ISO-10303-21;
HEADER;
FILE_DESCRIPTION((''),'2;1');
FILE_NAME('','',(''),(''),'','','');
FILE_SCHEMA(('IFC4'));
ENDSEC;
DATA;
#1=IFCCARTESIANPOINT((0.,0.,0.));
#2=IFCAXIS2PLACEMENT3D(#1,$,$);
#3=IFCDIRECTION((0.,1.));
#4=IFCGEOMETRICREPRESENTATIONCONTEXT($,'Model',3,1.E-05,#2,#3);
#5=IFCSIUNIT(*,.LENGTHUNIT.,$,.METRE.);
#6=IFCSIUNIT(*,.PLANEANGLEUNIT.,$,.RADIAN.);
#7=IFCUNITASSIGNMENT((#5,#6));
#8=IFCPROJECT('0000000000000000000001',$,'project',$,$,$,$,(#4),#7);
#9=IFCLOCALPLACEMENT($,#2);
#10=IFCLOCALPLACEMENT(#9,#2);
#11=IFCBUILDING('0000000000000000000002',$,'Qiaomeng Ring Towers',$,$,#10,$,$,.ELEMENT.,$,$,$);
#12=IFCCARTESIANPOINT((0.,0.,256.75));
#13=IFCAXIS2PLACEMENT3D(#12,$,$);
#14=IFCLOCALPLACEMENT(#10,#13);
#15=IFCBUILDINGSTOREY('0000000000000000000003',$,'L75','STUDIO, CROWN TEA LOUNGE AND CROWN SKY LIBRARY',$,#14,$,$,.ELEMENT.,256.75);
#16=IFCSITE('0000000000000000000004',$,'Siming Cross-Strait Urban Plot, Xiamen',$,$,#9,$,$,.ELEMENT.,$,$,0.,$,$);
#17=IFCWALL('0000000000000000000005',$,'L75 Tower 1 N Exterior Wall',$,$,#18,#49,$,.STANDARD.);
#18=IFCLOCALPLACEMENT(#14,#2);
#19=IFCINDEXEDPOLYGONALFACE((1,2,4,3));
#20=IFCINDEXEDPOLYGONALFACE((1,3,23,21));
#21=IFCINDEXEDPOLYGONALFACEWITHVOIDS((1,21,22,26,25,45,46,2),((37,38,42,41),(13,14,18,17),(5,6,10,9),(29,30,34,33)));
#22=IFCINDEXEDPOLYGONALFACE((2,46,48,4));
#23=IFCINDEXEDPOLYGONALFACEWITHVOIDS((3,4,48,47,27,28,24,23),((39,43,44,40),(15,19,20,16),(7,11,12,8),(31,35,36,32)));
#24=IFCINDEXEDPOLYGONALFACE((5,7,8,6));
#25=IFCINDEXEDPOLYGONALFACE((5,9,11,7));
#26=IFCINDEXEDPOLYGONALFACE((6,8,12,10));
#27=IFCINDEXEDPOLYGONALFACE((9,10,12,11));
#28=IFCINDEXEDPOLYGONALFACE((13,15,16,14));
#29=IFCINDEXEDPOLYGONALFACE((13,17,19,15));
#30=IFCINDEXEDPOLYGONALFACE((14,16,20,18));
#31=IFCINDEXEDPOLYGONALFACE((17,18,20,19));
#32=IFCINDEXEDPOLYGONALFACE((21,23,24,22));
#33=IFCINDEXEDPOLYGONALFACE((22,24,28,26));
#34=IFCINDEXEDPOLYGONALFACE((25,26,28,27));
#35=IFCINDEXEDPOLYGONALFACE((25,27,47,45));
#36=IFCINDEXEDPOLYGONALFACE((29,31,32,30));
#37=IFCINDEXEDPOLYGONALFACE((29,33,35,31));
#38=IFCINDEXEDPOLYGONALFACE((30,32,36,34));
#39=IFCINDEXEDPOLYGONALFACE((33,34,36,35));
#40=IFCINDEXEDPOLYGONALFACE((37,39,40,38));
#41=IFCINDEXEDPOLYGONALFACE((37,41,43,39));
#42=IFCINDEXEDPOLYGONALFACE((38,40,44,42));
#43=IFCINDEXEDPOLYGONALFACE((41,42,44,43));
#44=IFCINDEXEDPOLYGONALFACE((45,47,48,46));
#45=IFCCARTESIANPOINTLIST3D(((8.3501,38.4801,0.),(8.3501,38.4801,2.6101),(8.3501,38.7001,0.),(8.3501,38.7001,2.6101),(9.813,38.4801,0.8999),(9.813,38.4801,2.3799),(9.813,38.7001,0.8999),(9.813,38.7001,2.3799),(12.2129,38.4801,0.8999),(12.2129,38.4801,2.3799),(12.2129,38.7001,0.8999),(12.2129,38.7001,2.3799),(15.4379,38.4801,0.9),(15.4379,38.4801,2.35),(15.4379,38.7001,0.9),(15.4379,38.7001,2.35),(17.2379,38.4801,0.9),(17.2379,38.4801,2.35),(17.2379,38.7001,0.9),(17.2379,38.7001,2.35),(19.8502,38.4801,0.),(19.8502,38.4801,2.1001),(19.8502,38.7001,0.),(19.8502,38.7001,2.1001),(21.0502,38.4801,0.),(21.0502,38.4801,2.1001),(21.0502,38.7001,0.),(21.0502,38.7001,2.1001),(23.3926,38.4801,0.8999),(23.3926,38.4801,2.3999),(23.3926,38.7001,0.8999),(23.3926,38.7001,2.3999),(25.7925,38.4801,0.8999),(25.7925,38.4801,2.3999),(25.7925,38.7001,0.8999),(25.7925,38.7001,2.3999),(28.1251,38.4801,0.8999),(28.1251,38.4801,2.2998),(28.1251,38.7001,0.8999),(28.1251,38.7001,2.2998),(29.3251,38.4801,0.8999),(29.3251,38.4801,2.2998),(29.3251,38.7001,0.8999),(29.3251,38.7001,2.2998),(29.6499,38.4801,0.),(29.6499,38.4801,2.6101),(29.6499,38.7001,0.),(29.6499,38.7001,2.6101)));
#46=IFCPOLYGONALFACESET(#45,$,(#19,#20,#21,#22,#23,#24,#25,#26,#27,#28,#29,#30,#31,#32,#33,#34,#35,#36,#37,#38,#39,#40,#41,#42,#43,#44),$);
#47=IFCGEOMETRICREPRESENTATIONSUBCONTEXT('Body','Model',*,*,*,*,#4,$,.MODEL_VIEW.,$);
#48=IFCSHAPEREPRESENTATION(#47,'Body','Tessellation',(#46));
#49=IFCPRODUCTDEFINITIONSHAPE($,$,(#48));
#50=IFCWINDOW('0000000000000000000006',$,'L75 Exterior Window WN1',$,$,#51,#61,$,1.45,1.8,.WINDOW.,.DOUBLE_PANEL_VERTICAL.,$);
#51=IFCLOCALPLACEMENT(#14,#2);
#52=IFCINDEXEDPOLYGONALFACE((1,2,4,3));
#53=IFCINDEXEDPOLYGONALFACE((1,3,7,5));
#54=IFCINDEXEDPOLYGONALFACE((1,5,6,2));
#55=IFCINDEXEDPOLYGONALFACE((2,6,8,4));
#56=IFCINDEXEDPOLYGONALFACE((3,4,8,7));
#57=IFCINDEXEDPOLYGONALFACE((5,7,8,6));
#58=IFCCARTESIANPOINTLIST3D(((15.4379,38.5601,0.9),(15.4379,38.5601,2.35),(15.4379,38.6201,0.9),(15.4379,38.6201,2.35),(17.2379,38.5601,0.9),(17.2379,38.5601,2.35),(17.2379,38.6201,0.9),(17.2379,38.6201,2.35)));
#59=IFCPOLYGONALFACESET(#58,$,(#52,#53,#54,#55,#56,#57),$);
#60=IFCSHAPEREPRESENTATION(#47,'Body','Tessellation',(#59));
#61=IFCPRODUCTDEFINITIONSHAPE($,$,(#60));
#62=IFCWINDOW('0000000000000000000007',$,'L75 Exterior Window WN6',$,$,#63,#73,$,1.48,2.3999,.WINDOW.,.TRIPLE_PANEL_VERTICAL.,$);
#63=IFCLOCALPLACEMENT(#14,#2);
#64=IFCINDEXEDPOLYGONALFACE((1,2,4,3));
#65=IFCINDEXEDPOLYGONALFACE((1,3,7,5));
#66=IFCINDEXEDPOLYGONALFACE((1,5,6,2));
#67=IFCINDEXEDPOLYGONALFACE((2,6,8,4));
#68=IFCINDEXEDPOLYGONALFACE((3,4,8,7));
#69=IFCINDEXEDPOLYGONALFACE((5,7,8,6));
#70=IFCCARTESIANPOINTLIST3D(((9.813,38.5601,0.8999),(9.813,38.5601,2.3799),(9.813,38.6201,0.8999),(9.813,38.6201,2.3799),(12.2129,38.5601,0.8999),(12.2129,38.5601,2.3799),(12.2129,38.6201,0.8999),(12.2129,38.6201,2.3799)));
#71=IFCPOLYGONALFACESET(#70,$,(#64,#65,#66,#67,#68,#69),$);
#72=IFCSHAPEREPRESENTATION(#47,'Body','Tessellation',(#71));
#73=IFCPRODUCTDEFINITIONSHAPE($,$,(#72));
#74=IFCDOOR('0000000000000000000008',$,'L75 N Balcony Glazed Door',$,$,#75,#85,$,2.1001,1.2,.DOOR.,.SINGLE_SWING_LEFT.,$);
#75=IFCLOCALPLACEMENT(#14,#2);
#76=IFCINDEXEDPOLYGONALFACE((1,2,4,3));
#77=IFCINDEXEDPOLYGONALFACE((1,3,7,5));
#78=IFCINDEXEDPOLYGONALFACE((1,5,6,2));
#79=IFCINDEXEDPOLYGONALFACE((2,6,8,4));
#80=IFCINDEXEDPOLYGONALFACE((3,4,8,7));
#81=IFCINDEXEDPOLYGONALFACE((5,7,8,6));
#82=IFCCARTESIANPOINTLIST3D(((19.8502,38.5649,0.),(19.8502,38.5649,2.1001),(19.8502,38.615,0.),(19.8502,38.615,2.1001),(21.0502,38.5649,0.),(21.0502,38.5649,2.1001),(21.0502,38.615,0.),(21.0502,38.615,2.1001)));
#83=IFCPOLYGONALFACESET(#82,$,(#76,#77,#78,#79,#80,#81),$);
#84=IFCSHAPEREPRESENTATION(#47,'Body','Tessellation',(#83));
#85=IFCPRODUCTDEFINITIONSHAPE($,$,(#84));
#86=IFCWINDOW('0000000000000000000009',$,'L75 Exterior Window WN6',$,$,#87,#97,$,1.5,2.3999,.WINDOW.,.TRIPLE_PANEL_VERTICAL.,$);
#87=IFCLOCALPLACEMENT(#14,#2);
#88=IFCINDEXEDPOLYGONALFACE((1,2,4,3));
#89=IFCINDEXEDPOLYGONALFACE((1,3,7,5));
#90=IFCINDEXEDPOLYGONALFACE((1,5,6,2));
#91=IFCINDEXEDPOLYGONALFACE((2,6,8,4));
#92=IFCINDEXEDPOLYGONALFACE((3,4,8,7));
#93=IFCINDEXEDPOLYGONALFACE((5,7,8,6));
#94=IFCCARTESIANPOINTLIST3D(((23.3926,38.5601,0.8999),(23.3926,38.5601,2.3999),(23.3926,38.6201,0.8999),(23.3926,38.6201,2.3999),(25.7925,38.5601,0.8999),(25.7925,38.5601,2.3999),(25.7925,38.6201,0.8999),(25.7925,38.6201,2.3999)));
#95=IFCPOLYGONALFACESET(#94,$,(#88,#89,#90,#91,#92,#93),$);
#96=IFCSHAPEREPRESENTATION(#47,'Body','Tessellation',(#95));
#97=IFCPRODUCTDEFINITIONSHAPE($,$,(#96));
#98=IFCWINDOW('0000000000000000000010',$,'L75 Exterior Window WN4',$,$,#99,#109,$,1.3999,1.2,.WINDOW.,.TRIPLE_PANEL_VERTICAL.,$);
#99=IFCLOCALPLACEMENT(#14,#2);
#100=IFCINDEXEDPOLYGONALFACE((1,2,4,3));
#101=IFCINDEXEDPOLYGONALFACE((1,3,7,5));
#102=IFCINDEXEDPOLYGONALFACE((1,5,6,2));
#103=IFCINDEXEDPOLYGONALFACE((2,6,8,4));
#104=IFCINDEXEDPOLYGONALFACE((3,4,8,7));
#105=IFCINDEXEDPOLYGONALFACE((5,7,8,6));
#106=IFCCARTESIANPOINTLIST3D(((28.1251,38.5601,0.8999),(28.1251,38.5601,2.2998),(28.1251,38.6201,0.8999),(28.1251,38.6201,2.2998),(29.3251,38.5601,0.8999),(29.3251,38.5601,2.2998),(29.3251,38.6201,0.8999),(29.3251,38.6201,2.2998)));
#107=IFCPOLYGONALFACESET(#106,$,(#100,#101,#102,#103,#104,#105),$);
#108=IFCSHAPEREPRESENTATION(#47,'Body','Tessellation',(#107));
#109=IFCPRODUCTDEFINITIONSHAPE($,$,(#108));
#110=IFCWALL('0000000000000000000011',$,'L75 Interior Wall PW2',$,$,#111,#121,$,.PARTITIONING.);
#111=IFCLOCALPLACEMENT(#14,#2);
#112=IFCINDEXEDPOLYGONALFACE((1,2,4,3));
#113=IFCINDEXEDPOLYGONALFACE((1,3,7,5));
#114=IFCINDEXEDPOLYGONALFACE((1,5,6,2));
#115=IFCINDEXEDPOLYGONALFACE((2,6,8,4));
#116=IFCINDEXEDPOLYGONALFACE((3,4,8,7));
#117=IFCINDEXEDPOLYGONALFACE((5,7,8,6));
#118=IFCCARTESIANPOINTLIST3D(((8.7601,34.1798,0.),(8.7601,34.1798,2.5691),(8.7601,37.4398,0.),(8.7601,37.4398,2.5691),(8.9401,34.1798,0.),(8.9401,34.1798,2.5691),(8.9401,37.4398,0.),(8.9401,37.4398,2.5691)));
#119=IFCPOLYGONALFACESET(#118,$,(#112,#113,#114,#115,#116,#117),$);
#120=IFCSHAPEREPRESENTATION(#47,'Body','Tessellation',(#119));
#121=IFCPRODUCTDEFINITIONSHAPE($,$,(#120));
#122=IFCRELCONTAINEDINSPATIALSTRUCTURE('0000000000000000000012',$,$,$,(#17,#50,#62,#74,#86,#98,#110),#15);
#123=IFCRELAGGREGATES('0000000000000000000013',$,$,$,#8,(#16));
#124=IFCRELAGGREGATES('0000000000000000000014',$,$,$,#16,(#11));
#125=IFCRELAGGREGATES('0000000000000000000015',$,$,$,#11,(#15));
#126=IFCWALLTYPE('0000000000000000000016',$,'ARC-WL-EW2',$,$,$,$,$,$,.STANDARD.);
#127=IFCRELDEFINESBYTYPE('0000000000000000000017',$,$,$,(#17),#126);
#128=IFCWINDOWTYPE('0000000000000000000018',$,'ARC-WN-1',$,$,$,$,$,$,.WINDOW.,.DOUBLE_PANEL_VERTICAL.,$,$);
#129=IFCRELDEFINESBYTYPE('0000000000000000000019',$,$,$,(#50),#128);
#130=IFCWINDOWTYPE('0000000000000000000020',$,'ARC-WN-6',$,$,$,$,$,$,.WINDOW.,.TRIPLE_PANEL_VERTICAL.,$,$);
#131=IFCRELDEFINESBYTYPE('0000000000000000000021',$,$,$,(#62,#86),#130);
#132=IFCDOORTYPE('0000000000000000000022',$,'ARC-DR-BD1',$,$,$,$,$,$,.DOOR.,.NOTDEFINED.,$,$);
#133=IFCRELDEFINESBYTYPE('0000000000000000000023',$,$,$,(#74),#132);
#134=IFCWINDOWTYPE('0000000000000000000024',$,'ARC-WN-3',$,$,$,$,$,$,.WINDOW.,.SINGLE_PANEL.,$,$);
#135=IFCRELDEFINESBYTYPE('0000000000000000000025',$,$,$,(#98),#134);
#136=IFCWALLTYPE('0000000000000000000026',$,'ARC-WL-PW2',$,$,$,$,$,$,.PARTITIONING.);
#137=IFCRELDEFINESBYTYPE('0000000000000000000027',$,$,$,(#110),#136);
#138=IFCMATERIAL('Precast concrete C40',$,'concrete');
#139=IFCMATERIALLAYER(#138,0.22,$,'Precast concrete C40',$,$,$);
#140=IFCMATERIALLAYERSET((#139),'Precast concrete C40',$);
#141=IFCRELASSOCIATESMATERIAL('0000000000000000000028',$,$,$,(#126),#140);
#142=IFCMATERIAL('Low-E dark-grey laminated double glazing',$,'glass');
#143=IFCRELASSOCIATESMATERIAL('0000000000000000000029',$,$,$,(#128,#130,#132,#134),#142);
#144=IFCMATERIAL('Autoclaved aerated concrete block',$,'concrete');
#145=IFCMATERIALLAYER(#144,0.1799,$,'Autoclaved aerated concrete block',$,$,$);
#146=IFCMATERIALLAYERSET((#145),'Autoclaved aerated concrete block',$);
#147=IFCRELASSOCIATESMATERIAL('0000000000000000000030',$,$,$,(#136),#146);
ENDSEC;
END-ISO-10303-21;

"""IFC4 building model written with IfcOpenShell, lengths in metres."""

from ifc_helpers import new_model, si_unit, direction, frame, frame_2d, origin, place, context, subcontext, project, spatial, rectangle, extrude, source, transform, mapped, material, layer, layer_set, type_object, element, fill, save


model = new_model("IFC4")

# Units and contexts
model_context = context("Model", 3, precision=1e-05, world=origin(), true_north=direction((0.0, 1.0)))
body_context = subcontext(model_context, "Body", "Model", "MODEL_VIEW")
ifc_project = project(units=[si_unit("LENGTHUNIT", "METRE"), si_unit("PLANEANGLEUNIT", "RADIAN")], contexts=[model_context])

# Site, building, storey
site_placement = place(None, origin())
site = spatial("IfcSite", under=ifc_project, at=site_placement, Name="Siming Cross-Strait Urban Plot, Xiamen", CompositionType="ELEMENT", RefElevation=0.0)
building_placement = place(site_placement, origin())
building = spatial("IfcBuilding", under=site, at=building_placement, Name="Qiaomeng Ring Towers", CompositionType="ELEMENT")
storey_placement = place(building_placement, frame((0.0, 0.0, 256.75)))
storey = spatial("IfcBuildingStorey", under=building, at=storey_placement, Name="L75", Description="STUDIO, CROWN TEA LOUNGE AND CROWN SKY LIBRARY", CompositionType="ELEMENT", Elevation=256.75)

# Shared definitions
ifc_material_1 = material(Name="Low-E dark-grey laminated double glazing", Category="glass")

# Wall, openings, windows, door
ifc_material_2 = material(Name="Precast concrete C40", Category="concrete")
ifc_layer_1 = layer(ifc_material_2, 0.22, Name="Precast concrete C40")
ifc_layer_set_1 = layer_set([ifc_layer_1], Name="Precast concrete C40")
wall_type_1 = type_object("IfcWallType", Name="ARC-WL-EW2", PredefinedType="STANDARD", material=ifc_layer_set_1)
wall_1_placement = place(storey_placement, frame((8.3501, 38.5901, 0.0), z_axis=(0.0, 0.0, 1.0), x_axis=(1.0, 0.0, 0.0)))
wall_1 = element("IfcWall", 1, at=wall_1_placement, inside=storey, type_object=wall_type_1, Name="L75 Tower 1 N Exterior Wall", PredefinedType="STANDARD", context=body_context, shape_type="SweptSolid", body=[
    extrude(rectangle(XDim=21.2998, YDim=0.22, at=frame_2d((10.6499, 0.0))), origin(), (0.0, 0.0, 1.0), 2.6101),
])
opening_1_placement = place(wall_1_placement, frame((11.5, 0.0, 0.0)))
opening_1 = element("IfcOpeningElement", 2, at=opening_1_placement, cuts=wall_1, PredefinedType="OPENING", context=body_context, shape_type="SweptSolid", body=[
    extrude(rectangle(XDim=1.2, YDim=2.1001, at=frame_2d((0.6001, 1.05))), frame((0.0, 0.1199, 0.0), z_axis=(0.0, -1.0, 0.0), x_axis=(1.0, 0.0, 0.0)), (0.0, 0.0, 1.0), 0.24),
])
opening_2_placement = place(wall_1_placement, frame((1.4629, 0.0, 0.8999)))
opening_2 = element("IfcOpeningElement", 3, at=opening_2_placement, cuts=wall_1, PredefinedType="OPENING", context=body_context, shape_type="SweptSolid", body=[
    extrude(rectangle(XDim=2.3999, YDim=1.48, at=frame_2d((1.2, 0.74))), frame((0.0, 0.1199, 0.0), z_axis=(0.0, -1.0, 0.0), x_axis=(1.0, 0.0, 0.0)), (0.0, 0.0, 1.0), 0.24),
])
opening_3_placement = place(wall_1_placement, frame((7.0879, 0.0, 0.8999)))
opening_3 = element("IfcOpeningElement", 4, at=opening_3_placement, cuts=wall_1, PredefinedType="OPENING", context=body_context, shape_type="SweptSolid", body=[
    extrude(rectangle(XDim=1.8, YDim=1.45, at=frame_2d((0.8999, 0.7251))), frame((0.0, 0.1199, 0.0), z_axis=(0.0, -1.0, 0.0), x_axis=(1.0, 0.0, 0.0)), (0.0, 0.0, 1.0), 0.24),
])
opening_4_placement = place(wall_1_placement, frame((19.7749, 0.0, 0.8999)))
opening_4 = element("IfcOpeningElement", 5, at=opening_4_placement, cuts=wall_1, PredefinedType="OPENING", context=body_context, shape_type="SweptSolid", body=[
    extrude(rectangle(XDim=1.2, YDim=1.3999, at=frame_2d((0.6001, 0.7))), frame((0.0, 0.1199, 0.0), z_axis=(0.0, -1.0, 0.0), x_axis=(1.0, 0.0, 0.0)), (0.0, 0.0, 1.0), 0.24),
])
opening_5_placement = place(wall_1_placement, frame((15.0425, 0.0, 0.8999)))
opening_5 = element("IfcOpeningElement", 6, at=opening_5_placement, cuts=wall_1, PredefinedType="OPENING", context=body_context, shape_type="SweptSolid", body=[
    extrude(rectangle(XDim=2.3999, YDim=1.5, at=frame_2d((1.2, 0.75))), frame((0.0, 0.1199, 0.0), z_axis=(0.0, -1.0, 0.0), x_axis=(1.0, 0.0, 0.0)), (0.0, 0.0, 1.0), 0.24),
])
window_type_1 = type_object("IfcWindowType", Name="ARC-WN-1", PartitioningType="DOUBLE_PANEL_VERTICAL", PredefinedType="WINDOW", material=ifc_material_1)
shared_shape_1 = source(origin(), body_context, "Body", "SweptSolid", [
    extrude(rectangle(XDim=1.8, YDim=1.45, at=frame_2d((0.8999, 0.7251))), frame((0.0, 0.03, 0.0), z_axis=(0.0, -1.0, 0.0), x_axis=(1.0, 0.0, 0.0)), (0.0, 0.0, 1.0), 0.0601),
])
window_1_placement = place(opening_3_placement, origin())
window_1 = element("IfcWindow", 7, at=window_1_placement, inside=storey, type_object=window_type_1, Name="L75 Exterior Window WN1", OverallHeight=1.45, OverallWidth=1.8, PartitioningType="DOUBLE_PANEL_VERTICAL", PredefinedType="WINDOW", context=body_context, shape_type="MappedRepresentation", body=[
    mapped(shared_shape_1, transform((0.0, 0.0, 0.0), x_axis=(1.0, 0.0, 0.0), y_axis=(0.0, 1.0, 0.0), z_axis=(0.0, 0.0, 1.0), scale=1.0)),
])
fill(opening_3, window_1)
window_type_2 = type_object("IfcWindowType", Name="ARC-WN-6", PartitioningType="TRIPLE_PANEL_VERTICAL", PredefinedType="WINDOW", material=ifc_material_1)
shared_shape_2 = source(origin(), body_context, "Body", "SweptSolid", [
    extrude(rectangle(XDim=2.3999, YDim=1.48, at=frame_2d((1.2, 0.74))), frame((0.0, 0.03, 0.0), z_axis=(0.0, -1.0, 0.0), x_axis=(1.0, 0.0, 0.0)), (0.0, 0.0, 1.0), 0.0601),
])
window_2_placement = place(opening_2_placement, origin())
window_2 = element("IfcWindow", 8, at=window_2_placement, inside=storey, type_object=window_type_2, Name="L75 Exterior Window WN6", OverallHeight=1.48, OverallWidth=2.3999, PartitioningType="TRIPLE_PANEL_VERTICAL", PredefinedType="WINDOW", context=body_context, shape_type="MappedRepresentation", body=[
    mapped(shared_shape_2, transform((0.0, 0.0, 0.0), x_axis=(1.0, 0.0, 0.0), y_axis=(0.0, 1.0, 0.0), z_axis=(0.0, 0.0, 1.0), scale=1.0)),
])
fill(opening_2, window_2)
door_type_1 = type_object("IfcDoorType", Name="ARC-DR-BD1", OperationType="NOTDEFINED", PredefinedType="DOOR", material=ifc_material_1)
shared_shape_3 = source(origin(), body_context, "Body", "SweptSolid", [
    extrude(rectangle(XDim=1.2, YDim=2.1001, at=frame_2d((0.6001, 1.05))), frame((0.0, 0.0249, 0.0), z_axis=(0.0, -1.0, 0.0), x_axis=(1.0, 0.0, 0.0)), (0.0, 0.0, 1.0), 0.05),
])
door_1_placement = place(opening_1_placement, origin())
door_1 = element("IfcDoor", 9, at=door_1_placement, inside=storey, type_object=door_type_1, Name="L75 N Balcony Glazed Door", OperationType="SINGLE_SWING_LEFT", OverallHeight=2.1001, OverallWidth=1.2, PredefinedType="DOOR", context=body_context, shape_type="MappedRepresentation", body=[
    mapped(shared_shape_3, transform((0.0, 0.0, 0.0), x_axis=(1.0, 0.0, 0.0), y_axis=(0.0, 1.0, 0.0), z_axis=(0.0, 0.0, 1.0), scale=1.0)),
])
fill(opening_1, door_1)
shared_shape_4 = source(origin(), body_context, "Body", "SweptSolid", [
    extrude(rectangle(XDim=2.3999, YDim=1.5, at=frame_2d((1.2, 0.75))), frame((0.0, 0.03, 0.0), z_axis=(0.0, -1.0, 0.0), x_axis=(1.0, 0.0, 0.0)), (0.0, 0.0, 1.0), 0.0601),
])
window_3_placement = place(opening_5_placement, origin())
window_3 = element("IfcWindow", 10, at=window_3_placement, inside=storey, type_object=window_type_2, Name="L75 Exterior Window WN6", OverallHeight=1.5, OverallWidth=2.3999, PartitioningType="TRIPLE_PANEL_VERTICAL", PredefinedType="WINDOW", context=body_context, shape_type="MappedRepresentation", body=[
    mapped(shared_shape_4, transform((0.0, 0.0, 0.0), x_axis=(1.0, 0.0, 0.0), y_axis=(0.0, 1.0, 0.0), z_axis=(0.0, 0.0, 1.0), scale=1.0)),
])
fill(opening_5, window_3)
window_type_3 = type_object("IfcWindowType", Name="ARC-WN-3", PartitioningType="SINGLE_PANEL", PredefinedType="WINDOW", material=ifc_material_1)
shared_shape_5 = source(origin(), body_context, "Body", "SweptSolid", [
    extrude(rectangle(XDim=1.2, YDim=1.3999, at=frame_2d((0.6001, 0.7))), frame((0.0, 0.03, 0.0), z_axis=(0.0, -1.0, 0.0), x_axis=(1.0, 0.0, 0.0)), (0.0, 0.0, 1.0), 0.0601),
])
window_4_placement = place(opening_4_placement, origin())
window_4 = element("IfcWindow", 11, at=window_4_placement, inside=storey, type_object=window_type_3, Name="L75 Exterior Window WN4", OverallHeight=1.3999, OverallWidth=1.2, PartitioningType="TRIPLE_PANEL_VERTICAL", PredefinedType="WINDOW", context=body_context, shape_type="MappedRepresentation", body=[
    mapped(shared_shape_5, transform((0.0, 0.0, 0.0), x_axis=(1.0, 0.0, 0.0), y_axis=(0.0, 1.0, 0.0), z_axis=(0.0, 0.0, 1.0), scale=1.0)),
])
fill(opening_4, window_4)

# Wall
ifc_material_3 = material(Name="Autoclaved aerated concrete block", Category="concrete")
ifc_layer_2 = layer(ifc_material_3, 0.1799, Name="Autoclaved aerated concrete block")
ifc_layer_set_2 = layer_set([ifc_layer_2], Name="Autoclaved aerated concrete block")
wall_type_2 = type_object("IfcWallType", Name="ARC-WL-PW2", PredefinedType="PARTITIONING", material=ifc_layer_set_2)
wall_2_placement = place(storey_placement, frame((8.8501, 34.1799, 0.0), z_axis=(0.0, 0.0, 1.0), x_axis=(0.0, 1.0, 0.0)))
element("IfcWall", 12, at=wall_2_placement, inside=storey, type_object=wall_type_2, Name="L75 Interior Wall PW2", PredefinedType="PARTITIONING", context=body_context, shape_type="SweptSolid", body=[
    extrude(rectangle(XDim=3.26, YDim=0.1799, at=frame_2d((1.6299, 0.0))), origin(), (0.0, 0.0, 1.0), 2.5691),
])

save(model, "model.ifc")
